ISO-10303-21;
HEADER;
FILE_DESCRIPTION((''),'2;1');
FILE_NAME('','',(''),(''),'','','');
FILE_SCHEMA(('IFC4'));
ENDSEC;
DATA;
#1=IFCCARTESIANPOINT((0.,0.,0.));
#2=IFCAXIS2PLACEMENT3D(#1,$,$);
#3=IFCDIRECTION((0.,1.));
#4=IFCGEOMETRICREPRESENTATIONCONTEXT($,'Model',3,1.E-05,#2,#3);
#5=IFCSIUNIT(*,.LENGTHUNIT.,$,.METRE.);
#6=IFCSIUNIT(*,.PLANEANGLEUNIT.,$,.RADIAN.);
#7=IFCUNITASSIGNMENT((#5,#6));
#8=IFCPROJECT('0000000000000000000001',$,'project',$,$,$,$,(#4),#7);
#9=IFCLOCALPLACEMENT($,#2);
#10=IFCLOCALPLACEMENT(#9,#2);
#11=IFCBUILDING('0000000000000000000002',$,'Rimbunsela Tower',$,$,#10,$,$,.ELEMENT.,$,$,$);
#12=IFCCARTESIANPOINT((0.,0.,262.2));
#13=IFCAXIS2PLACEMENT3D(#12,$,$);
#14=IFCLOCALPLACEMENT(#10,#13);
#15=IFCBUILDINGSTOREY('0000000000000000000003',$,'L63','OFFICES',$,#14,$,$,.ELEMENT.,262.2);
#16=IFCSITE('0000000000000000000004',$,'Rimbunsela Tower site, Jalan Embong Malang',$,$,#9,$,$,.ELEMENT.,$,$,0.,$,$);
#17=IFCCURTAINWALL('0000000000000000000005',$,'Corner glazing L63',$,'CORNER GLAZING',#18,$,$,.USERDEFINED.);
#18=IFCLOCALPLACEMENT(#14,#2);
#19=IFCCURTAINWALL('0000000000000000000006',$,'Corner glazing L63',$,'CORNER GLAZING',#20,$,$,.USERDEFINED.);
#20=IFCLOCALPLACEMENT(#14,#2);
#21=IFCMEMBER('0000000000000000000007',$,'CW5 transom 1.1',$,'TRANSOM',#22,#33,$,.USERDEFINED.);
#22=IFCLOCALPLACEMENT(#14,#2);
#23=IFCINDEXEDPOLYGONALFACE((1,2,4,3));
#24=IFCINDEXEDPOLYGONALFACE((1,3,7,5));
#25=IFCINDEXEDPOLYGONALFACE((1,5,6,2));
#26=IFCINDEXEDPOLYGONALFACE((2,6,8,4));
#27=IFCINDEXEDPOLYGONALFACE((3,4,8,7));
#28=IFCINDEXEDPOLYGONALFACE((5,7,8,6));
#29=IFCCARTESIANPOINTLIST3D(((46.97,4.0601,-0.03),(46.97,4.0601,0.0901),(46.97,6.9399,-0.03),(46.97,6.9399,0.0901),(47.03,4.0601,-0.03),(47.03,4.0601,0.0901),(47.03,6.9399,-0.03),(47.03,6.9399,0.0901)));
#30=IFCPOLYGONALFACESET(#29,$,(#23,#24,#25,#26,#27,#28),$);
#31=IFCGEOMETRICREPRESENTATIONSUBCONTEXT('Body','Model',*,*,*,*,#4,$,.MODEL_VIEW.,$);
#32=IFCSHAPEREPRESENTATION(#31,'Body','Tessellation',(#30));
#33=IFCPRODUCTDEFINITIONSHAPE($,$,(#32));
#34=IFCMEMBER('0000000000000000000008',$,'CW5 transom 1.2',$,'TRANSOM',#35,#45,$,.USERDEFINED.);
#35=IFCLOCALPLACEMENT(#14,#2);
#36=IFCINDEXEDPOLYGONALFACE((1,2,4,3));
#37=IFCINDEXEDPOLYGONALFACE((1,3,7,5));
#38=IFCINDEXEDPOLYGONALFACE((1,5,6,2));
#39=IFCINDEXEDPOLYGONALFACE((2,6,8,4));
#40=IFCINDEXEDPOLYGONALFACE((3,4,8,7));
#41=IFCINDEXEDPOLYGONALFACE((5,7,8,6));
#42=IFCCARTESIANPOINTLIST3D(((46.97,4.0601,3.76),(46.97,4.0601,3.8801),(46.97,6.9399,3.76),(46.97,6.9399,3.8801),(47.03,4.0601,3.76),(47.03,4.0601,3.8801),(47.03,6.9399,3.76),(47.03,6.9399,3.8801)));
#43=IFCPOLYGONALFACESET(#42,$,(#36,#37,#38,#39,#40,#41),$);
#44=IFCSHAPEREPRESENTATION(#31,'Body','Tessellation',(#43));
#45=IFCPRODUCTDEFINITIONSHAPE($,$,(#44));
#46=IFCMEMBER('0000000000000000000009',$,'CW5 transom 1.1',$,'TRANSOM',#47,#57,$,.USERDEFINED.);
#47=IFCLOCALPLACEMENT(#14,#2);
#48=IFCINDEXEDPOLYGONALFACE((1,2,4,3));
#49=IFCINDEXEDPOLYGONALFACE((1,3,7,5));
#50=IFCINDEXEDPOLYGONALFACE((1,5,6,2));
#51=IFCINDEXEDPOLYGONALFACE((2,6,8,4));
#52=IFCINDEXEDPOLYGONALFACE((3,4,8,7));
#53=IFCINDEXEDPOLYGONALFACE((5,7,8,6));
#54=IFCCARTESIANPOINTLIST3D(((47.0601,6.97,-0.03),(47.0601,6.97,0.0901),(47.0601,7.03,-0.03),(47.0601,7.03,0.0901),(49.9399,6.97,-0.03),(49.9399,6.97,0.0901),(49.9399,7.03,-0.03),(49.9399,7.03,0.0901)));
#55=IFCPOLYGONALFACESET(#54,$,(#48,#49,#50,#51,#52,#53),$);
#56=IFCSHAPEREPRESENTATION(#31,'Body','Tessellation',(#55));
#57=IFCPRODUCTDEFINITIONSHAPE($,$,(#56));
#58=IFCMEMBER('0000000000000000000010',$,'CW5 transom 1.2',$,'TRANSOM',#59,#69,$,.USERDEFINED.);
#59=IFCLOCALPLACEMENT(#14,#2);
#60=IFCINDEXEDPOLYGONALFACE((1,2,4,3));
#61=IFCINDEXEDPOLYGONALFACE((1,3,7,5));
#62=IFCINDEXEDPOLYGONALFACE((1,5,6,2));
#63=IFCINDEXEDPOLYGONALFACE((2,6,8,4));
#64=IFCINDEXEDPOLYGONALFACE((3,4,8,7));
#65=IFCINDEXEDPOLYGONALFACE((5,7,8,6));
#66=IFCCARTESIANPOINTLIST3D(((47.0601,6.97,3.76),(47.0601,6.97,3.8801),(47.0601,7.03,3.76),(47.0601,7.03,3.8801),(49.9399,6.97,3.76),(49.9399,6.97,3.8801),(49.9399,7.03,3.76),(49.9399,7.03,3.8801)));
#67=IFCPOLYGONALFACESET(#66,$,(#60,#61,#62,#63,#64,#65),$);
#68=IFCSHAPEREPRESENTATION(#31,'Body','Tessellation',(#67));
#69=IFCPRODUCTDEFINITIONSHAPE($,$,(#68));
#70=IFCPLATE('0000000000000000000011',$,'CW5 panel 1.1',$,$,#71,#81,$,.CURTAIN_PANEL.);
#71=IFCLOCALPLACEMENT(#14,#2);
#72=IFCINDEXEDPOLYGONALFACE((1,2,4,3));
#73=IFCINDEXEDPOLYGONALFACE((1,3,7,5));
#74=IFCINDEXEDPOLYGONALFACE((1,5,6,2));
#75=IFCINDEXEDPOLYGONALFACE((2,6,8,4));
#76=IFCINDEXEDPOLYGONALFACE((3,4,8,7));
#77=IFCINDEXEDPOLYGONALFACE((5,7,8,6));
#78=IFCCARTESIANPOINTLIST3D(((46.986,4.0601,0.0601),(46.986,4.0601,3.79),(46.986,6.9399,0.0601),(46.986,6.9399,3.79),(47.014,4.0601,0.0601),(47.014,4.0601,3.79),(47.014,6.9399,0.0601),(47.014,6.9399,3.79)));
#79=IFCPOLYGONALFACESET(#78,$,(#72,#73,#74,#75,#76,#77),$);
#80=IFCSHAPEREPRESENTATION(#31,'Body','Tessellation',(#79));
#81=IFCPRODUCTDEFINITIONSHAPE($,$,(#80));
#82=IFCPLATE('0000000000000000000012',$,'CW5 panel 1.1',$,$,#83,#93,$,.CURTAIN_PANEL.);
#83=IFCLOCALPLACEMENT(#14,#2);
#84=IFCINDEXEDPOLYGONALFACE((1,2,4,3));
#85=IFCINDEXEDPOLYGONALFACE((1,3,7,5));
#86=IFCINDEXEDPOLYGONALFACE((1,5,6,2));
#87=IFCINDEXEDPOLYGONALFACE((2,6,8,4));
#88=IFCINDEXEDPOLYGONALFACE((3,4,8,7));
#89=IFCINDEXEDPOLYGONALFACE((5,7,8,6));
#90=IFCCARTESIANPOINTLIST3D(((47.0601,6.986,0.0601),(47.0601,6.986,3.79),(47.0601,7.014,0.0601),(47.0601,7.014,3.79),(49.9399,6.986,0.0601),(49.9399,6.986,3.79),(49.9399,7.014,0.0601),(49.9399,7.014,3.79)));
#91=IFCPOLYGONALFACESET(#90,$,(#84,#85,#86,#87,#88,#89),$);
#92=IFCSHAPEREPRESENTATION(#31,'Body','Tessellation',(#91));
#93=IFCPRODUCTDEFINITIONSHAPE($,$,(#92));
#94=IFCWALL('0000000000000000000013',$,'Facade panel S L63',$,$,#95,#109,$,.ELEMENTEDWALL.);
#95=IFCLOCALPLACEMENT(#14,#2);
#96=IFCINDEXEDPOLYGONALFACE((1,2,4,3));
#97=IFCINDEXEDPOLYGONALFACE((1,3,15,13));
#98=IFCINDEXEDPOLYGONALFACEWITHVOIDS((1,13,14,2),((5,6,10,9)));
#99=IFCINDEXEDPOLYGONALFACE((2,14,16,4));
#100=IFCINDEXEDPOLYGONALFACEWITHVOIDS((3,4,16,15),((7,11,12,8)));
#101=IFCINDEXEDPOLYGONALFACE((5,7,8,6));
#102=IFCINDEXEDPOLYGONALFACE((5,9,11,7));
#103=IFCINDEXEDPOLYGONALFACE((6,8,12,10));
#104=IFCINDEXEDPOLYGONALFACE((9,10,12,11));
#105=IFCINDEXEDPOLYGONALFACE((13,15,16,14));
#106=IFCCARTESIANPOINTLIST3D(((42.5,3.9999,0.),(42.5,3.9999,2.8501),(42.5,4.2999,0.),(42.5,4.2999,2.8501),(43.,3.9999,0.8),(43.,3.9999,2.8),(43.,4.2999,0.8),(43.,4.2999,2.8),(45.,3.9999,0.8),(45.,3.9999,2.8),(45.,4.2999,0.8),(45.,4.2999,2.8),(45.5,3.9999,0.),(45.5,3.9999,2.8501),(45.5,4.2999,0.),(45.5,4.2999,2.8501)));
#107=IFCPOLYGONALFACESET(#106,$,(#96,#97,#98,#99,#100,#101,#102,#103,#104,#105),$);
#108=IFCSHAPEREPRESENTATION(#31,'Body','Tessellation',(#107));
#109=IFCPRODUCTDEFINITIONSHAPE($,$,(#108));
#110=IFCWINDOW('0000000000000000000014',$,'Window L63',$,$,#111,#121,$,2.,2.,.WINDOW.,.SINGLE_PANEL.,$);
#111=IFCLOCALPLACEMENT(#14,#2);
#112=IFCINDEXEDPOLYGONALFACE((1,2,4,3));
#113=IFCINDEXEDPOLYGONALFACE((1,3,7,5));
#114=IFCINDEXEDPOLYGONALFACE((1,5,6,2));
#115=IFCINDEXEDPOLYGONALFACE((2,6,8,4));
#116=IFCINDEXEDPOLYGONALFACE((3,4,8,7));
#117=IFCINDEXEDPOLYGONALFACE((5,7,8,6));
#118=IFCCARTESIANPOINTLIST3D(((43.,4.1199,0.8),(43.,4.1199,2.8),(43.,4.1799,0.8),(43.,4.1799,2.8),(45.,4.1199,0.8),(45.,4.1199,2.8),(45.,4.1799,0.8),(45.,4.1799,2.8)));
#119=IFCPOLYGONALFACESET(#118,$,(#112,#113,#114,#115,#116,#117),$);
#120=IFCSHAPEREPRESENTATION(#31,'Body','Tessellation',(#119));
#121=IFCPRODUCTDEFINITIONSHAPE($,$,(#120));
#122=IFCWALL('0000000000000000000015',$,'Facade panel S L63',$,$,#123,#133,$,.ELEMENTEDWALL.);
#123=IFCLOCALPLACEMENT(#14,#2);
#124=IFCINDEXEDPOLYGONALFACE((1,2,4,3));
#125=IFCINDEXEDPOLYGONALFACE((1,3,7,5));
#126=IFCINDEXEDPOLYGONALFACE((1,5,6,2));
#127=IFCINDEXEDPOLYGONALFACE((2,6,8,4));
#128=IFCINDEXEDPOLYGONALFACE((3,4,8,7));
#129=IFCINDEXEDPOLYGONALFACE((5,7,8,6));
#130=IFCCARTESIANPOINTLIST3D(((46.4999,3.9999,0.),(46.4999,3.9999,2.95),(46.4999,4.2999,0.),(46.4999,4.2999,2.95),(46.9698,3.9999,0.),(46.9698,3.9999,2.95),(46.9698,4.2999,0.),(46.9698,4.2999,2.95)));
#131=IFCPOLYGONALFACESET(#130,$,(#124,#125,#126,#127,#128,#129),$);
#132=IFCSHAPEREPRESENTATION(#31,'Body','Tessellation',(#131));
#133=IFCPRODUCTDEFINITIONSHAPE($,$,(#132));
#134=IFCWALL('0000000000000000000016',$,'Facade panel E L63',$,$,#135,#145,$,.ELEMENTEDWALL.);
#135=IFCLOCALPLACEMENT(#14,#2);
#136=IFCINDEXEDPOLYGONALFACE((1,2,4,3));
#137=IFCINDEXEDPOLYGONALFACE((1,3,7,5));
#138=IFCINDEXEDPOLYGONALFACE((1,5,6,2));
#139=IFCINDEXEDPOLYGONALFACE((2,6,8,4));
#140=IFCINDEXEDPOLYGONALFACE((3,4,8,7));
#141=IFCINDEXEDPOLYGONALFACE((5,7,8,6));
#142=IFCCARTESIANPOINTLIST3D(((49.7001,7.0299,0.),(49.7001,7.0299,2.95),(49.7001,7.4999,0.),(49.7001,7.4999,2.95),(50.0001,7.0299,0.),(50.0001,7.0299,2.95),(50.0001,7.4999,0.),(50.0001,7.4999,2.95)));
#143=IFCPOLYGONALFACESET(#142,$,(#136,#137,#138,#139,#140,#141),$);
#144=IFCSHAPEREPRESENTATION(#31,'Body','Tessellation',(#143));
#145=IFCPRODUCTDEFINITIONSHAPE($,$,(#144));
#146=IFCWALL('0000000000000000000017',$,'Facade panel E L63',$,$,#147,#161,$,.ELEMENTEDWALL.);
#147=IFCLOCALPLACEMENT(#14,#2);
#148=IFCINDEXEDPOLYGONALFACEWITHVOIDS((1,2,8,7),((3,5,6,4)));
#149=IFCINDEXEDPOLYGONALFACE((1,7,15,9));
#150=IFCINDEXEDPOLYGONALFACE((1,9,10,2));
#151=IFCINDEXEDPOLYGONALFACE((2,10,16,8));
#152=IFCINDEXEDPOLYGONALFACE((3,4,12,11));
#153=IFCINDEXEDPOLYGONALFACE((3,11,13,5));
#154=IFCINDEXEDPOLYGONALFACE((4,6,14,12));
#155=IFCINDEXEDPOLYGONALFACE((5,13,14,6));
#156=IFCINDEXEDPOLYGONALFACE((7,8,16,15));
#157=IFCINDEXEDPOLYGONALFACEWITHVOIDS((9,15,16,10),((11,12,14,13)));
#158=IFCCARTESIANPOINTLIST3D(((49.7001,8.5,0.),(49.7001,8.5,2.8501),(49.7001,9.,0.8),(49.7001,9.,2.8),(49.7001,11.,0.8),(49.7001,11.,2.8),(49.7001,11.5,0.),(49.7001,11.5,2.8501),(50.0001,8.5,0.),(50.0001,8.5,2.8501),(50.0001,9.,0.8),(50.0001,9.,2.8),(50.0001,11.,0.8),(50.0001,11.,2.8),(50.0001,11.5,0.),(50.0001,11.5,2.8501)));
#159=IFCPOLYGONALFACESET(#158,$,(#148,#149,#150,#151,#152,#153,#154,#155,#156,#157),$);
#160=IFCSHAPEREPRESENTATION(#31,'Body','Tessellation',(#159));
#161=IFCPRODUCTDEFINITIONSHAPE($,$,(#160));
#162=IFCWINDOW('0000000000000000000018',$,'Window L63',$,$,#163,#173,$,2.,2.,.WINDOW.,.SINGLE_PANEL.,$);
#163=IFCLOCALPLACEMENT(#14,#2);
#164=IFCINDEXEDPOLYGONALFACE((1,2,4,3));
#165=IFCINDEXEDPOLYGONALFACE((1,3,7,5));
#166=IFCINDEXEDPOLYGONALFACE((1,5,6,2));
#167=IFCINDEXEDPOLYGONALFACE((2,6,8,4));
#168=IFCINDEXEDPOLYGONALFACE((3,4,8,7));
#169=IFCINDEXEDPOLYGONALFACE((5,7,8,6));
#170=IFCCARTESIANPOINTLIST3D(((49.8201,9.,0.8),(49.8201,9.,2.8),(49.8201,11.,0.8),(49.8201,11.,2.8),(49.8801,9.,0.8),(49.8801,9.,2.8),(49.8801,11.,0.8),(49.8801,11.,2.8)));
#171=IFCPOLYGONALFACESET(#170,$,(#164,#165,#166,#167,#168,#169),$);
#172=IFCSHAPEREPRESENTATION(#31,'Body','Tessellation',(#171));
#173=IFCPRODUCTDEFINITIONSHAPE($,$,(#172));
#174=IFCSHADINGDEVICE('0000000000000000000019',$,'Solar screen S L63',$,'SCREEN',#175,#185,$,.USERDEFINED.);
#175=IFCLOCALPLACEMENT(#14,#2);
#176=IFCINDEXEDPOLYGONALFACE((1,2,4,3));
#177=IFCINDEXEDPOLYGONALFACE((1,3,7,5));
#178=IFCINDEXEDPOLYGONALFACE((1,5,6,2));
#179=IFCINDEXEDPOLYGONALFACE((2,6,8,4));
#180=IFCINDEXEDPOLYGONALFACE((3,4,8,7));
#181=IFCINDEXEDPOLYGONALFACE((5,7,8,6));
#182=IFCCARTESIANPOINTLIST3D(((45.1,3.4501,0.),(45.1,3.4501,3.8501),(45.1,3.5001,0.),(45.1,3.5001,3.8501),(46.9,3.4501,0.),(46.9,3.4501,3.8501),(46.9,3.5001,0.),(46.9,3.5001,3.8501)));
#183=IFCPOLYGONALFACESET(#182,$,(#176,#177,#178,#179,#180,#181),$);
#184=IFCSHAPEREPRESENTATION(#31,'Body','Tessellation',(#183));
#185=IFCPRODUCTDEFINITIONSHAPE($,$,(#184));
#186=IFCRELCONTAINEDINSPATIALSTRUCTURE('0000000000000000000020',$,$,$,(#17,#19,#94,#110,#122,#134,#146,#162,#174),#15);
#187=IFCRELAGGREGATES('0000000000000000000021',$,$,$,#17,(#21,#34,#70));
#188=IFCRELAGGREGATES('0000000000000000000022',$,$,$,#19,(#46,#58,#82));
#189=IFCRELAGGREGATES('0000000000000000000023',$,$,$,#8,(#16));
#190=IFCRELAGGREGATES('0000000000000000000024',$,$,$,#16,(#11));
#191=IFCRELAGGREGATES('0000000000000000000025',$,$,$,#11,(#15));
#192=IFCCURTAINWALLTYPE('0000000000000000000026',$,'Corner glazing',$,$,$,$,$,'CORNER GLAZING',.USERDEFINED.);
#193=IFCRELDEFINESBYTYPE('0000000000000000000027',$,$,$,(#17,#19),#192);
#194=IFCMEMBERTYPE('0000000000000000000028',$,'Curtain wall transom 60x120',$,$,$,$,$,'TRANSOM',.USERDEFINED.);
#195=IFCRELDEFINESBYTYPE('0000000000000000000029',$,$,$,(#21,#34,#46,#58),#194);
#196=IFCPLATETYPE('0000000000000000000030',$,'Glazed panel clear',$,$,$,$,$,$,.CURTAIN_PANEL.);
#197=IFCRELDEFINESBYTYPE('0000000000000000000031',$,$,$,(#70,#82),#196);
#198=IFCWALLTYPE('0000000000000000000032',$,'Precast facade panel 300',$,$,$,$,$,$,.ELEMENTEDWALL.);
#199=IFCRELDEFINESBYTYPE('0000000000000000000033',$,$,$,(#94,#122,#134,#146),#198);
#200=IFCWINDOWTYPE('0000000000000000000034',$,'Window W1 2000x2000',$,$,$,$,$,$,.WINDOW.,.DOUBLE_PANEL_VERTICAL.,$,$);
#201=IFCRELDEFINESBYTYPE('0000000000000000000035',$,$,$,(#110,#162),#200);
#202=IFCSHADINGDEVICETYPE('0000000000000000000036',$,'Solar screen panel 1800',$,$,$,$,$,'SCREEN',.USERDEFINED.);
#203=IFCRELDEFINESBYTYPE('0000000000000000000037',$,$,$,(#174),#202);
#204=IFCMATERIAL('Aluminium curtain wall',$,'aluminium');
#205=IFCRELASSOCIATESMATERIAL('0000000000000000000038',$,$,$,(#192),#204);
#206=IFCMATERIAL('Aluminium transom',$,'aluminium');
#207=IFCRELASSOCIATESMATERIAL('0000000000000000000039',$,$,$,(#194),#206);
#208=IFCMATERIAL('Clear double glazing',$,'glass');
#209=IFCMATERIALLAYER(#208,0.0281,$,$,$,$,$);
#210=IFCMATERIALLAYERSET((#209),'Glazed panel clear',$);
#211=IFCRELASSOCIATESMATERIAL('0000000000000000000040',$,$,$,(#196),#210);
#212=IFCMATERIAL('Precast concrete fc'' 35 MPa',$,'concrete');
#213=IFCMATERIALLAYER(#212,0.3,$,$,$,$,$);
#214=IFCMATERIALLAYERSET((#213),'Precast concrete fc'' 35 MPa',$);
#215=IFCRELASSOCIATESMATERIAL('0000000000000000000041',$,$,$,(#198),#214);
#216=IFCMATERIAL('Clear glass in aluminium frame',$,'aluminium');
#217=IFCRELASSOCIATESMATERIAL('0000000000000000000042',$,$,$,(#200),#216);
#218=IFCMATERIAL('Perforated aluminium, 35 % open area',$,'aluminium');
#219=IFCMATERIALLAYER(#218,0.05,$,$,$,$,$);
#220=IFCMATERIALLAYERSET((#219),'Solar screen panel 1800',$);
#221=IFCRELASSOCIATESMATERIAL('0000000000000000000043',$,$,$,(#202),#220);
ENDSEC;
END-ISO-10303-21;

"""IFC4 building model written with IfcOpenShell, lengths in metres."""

from ifc_helpers import new_model, si_unit, direction, frame, frame_2d, origin, origin_2d, place, context, subcontext, project, spatial, rectangle, extrude, material, layer, layer_set, material_profile, profile_set, type_object, element, fill, aggregate, save


model = new_model("IFC4")

# Units and contexts
model_context = context("Model", 3, precision=1e-05, world=origin(), true_north=direction((0.0, 1.0)))
body_context = subcontext(model_context, "Body", "Model", "MODEL_VIEW")
ifc_project = project(units=[si_unit("LENGTHUNIT", "METRE"), si_unit("PLANEANGLEUNIT", "RADIAN")], contexts=[model_context])

# Site, building, storey
site_placement = place(None, origin())
site = spatial("IfcSite", under=ifc_project, at=site_placement, Name="Rimbunsela Tower site, Jalan Embong Malang", CompositionType="ELEMENT", RefElevation=0.0)
building_placement = place(site_placement, origin())
building = spatial("IfcBuilding", under=site, at=building_placement, Name="Rimbunsela Tower", CompositionType="ELEMENT")
storey_placement = place(building_placement, frame((0.0, 0.0, 262.2)))
storey = spatial("IfcBuildingStorey", under=building, at=storey_placement, Name="L63", Description="OFFICES", CompositionType="ELEMENT", Elevation=262.2)

# Curtain walls
ifc_material_1 = material(Name="Aluminium curtain wall", Category="aluminium")
curtain_wall_type = type_object("IfcCurtainWallType", Name="Corner glazing", ElementType="CORNER GLAZING", PredefinedType="USERDEFINED", material=ifc_material_1)
curtain_wall_1_placement = place(storey_placement, origin())
curtain_wall_1 = element("IfcCurtainWall", 1, at=curtain_wall_1_placement, inside=storey, type_object=curtain_wall_type, Name="Corner glazing L63", ObjectType="CORNER GLAZING", PredefinedType="USERDEFINED")
curtain_wall_2_placement = place(storey_placement, origin())
curtain_wall_2 = element("IfcCurtainWall", 2, at=curtain_wall_2_placement, inside=storey, type_object=curtain_wall_type, Name="Corner glazing L63", ObjectType="CORNER GLAZING", PredefinedType="USERDEFINED")

# Members
ifc_material_2 = material(Name="Aluminium transom", Category="aluminium")
ifc_material_profile_1 = material_profile(ifc_material_2, rectangle(XDim=0.0601, YDim=0.1201, at=origin_2d()), Name="Transom 60x120")
ifc_profile_set_1 = profile_set([ifc_material_profile_1], Name="Aluminium transom")
member_type_1 = type_object("IfcMemberType", Name="Curtain wall transom 60x120", ElementType="TRANSOM", PredefinedType="USERDEFINED", material=ifc_profile_set_1)
member_1_placement = place(storey_placement, frame((47.0, 4.0601, 0.03), z_axis=(0.0, 1.0, 0.0), x_axis=(-1.0, 0.0, 0.0)))
member_1 = element("IfcMember", 3, at=member_1_placement, type_object=member_type_1, Name="CW5 transom 1.1", ObjectType="TRANSOM", PredefinedType="USERDEFINED", context=body_context, shape_type="SweptSolid", body=[
    extrude(rectangle(XDim=0.0601, YDim=0.1201, at=origin_2d()), origin(), (0.0, 0.0, 1.0), 2.8799),
])
member_2_placement = place(storey_placement, frame((47.0, 4.0601, 3.8201), z_axis=(0.0, 1.0, 0.0), x_axis=(-1.0, 0.0, 0.0)))
member_2 = element("IfcMember", 4, at=member_2_placement, type_object=member_type_1, Name="CW5 transom 1.2", ObjectType="TRANSOM", PredefinedType="USERDEFINED", context=body_context, shape_type="SweptSolid", body=[
    extrude(rectangle(XDim=0.0601, YDim=0.1201, at=origin_2d()), origin(), (0.0, 0.0, 1.0), 2.8799),
])
member_3_placement = place(storey_placement, frame((47.0601, 7.0, 0.03), z_axis=(1.0, 0.0, 0.0), x_axis=(0.0, 1.0, 0.0)))
member_3 = element("IfcMember", 5, at=member_3_placement, type_object=member_type_1, Name="CW5 transom 1.1", ObjectType="TRANSOM", PredefinedType="USERDEFINED", context=body_context, shape_type="SweptSolid", body=[
    extrude(rectangle(XDim=0.0601, YDim=0.1201, at=origin_2d()), origin(), (0.0, 0.0, 1.0), 2.8799),
])
member_4_placement = place(storey_placement, frame((47.0601, 7.0, 3.8201), z_axis=(1.0, 0.0, 0.0), x_axis=(0.0, 1.0, 0.0)))
member_4 = element("IfcMember", 6, at=member_4_placement, type_object=member_type_1, Name="CW5 transom 1.2", ObjectType="TRANSOM", PredefinedType="USERDEFINED", context=body_context, shape_type="SweptSolid", body=[
    extrude(rectangle(XDim=0.0601, YDim=0.1201, at=origin_2d()), origin(), (0.0, 0.0, 1.0), 2.8799),
])

# Plates
ifc_material_3 = material(Name="Clear double glazing", Category="glass")
ifc_layer_1 = layer(ifc_material_3, 0.0281)
ifc_layer_set_1 = layer_set([ifc_layer_1], Name="Glazed panel clear")
plate_type = type_object("IfcPlateType", Name="Glazed panel clear", PredefinedType="CURTAIN_PANEL", material=ifc_layer_set_1)
plate_1_placement = place(storey_placement, frame((47.0, 5.5, 0.0601), z_axis=(0.0, 0.0, 1.0), x_axis=(0.0, 1.0, 0.0)))
plate_1 = element("IfcPlate", 7, at=plate_1_placement, type_object=plate_type, Name="CW5 panel 1.1", PredefinedType="CURTAIN_PANEL", context=body_context, shape_type="SweptSolid", body=[
    extrude(rectangle(XDim=2.8799, YDim=0.0281, at=origin_2d()), origin(), (0.0, 0.0, 1.0), 3.73),
])
aggregate(curtain_wall_1, [member_1, member_2, plate_1])
plate_2_placement = place(storey_placement, frame((48.5, 7.0, 0.0601), z_axis=(0.0, 0.0, 1.0), x_axis=(1.0, 0.0, 0.0)))
plate_2 = element("IfcPlate", 8, at=plate_2_placement, type_object=plate_type, Name="CW5 panel 1.1", PredefinedType="CURTAIN_PANEL", context=body_context, shape_type="SweptSolid", body=[
    extrude(rectangle(XDim=2.8799, YDim=0.0281, at=origin_2d()), origin(), (0.0, 0.0, 1.0), 3.73),
])
aggregate(curtain_wall_2, [member_3, member_4, plate_2])

# Wall, opening, window
ifc_material_4 = material(Name="Precast concrete fc' 35 MPa", Category="concrete")
ifc_layer_2 = layer(ifc_material_4, 0.3)
ifc_layer_set_2 = layer_set([ifc_layer_2], Name="Precast concrete fc' 35 MPa")
wall_type = type_object("IfcWallType", Name="Precast facade panel 300", PredefinedType="ELEMENTEDWALL", material=ifc_layer_set_2)
wall_1_placement = place(storey_placement, frame((42.5, 4.1499, 0.0), z_axis=(0.0, 0.0, 1.0), x_axis=(1.0, 0.0, 0.0)))
wall_1 = element("IfcWall", 9, at=wall_1_placement, inside=storey, type_object=wall_type, Name="Facade panel S L63", PredefinedType="ELEMENTEDWALL", context=body_context, shape_type="SweptSolid", body=[
    extrude(rectangle(XDim=3.0, YDim=0.3, at=frame_2d((1.5, 0.0))), origin(), (0.0, 0.0, 1.0), 2.8501),
])
opening_1_placement = place(wall_1_placement, frame((0.5, 0.0, 0.8)))
opening_1 = element("IfcOpeningElement", 10, at=opening_1_placement, cuts=wall_1, PredefinedType="OPENING", context=body_context, shape_type="SweptSolid", body=[
    extrude(rectangle(XDim=2.0, YDim=2.0, at=frame_2d((1.0, 1.0))), frame((0.0, 0.1599, 0.0), z_axis=(0.0, -1.0, 0.0), x_axis=(1.0, 0.0, 0.0)), (0.0, 0.0, 1.0), 0.3201),
])
ifc_material_5 = material(Name="Clear glass in aluminium frame", Category="aluminium")
window_type = type_object("IfcWindowType", Name="Window W1 2000x2000", PartitioningType="DOUBLE_PANEL_VERTICAL", PredefinedType="WINDOW", material=ifc_material_5)
window_1_placement = place(opening_1_placement, origin())
window_1 = element("IfcWindow", 11, at=window_1_placement, inside=storey, type_object=window_type, Name="Window L63", OverallHeight=2.0, OverallWidth=2.0, PartitioningType="SINGLE_PANEL", PredefinedType="WINDOW", context=body_context, shape_type="SweptSolid", body=[
    extrude(rectangle(XDim=2.0, YDim=2.0, at=frame_2d((1.0, 1.0))), frame((0.0, 0.03, 0.0), z_axis=(0.0, -1.0, 0.0), x_axis=(1.0, 0.0, 0.0)), (0.0, 0.0, 1.0), 0.0601),
])
fill(opening_1, window_1)

# Walls
for number, where, z_axis, x_axis, name in (
    (12, (46.5, 4.1499, 0.0), (0.0, 0.0, 1.0), (1.0, 0.0, 0.0), "Facade panel S L63"),
    (13, (49.8501, 7.03, 0.0), (0.0, 0.0, 1.0), (0.0, 1.0, 0.0), "Facade panel E L63"),
):
    element("IfcWall", number, at=place(storey_placement, frame(where, z_axis=z_axis, x_axis=x_axis)), inside=storey, type_object=wall_type, Name=name, PredefinedType="ELEMENTEDWALL", context=body_context, shape_type="SweptSolid", body=[
        extrude(rectangle(XDim=0.47, YDim=0.3, at=frame_2d((0.2349, 0.0))), origin(), (0.0, 0.0, 1.0), 2.95),
    ])

# Wall, opening, window
wall_2_placement = place(storey_placement, frame((49.8501, 8.5, 0.0), z_axis=(0.0, 0.0, 1.0), x_axis=(0.0, 1.0, 0.0)))
wall_2 = element("IfcWall", 14, at=wall_2_placement, inside=storey, type_object=wall_type, Name="Facade panel E L63", PredefinedType="ELEMENTEDWALL", context=body_context, shape_type="SweptSolid", body=[
    extrude(rectangle(XDim=3.0, YDim=0.3, at=frame_2d((1.5, 0.0))), origin(), (0.0, 0.0, 1.0), 2.8501),
])
opening_2_placement = place(wall_2_placement, frame((0.5, 0.0, 0.8)))
opening_2 = element("IfcOpeningElement", 15, at=opening_2_placement, cuts=wall_2, PredefinedType="OPENING", context=body_context, shape_type="SweptSolid", body=[
    extrude(rectangle(XDim=2.0, YDim=2.0, at=frame_2d((1.0, 1.0))), frame((0.0, 0.1599, 0.0), z_axis=(0.0, -1.0, 0.0), x_axis=(1.0, 0.0, 0.0)), (0.0, 0.0, 1.0), 0.3201),
])
window_2_placement = place(opening_2_placement, origin())
window_2 = element("IfcWindow", 16, at=window_2_placement, inside=storey, type_object=window_type, Name="Window L63", OverallHeight=2.0, OverallWidth=2.0, PartitioningType="SINGLE_PANEL", PredefinedType="WINDOW", context=body_context, shape_type="SweptSolid", body=[
    extrude(rectangle(XDim=2.0, YDim=2.0, at=frame_2d((1.0, 1.0))), frame((0.0, 0.03, 0.0), z_axis=(0.0, -1.0, 0.0), x_axis=(1.0, 0.0, 0.0)), (0.0, 0.0, 1.0), 0.0601),
])
fill(opening_2, window_2)

# Shading device
ifc_material_6 = material(Name="Perforated aluminium, 35 % open area", Category="aluminium")
ifc_layer_3 = layer(ifc_material_6, 0.05)
ifc_layer_set_3 = layer_set([ifc_layer_3], Name="Solar screen panel 1800")
shading_device_type = type_object("IfcShadingDeviceType", Name="Solar screen panel 1800", ElementType="SCREEN", PredefinedType="USERDEFINED", material=ifc_layer_set_3)
for number, where, z_axis, x_axis, name in (
    (17, (46.0, 3.4751, 0.0), (0.0, 0.0, 1.0), (1.0, 0.0, 0.0), "Solar screen S L63"),
):
    element("IfcShadingDevice", number, at=place(storey_placement, frame(where, z_axis=z_axis, x_axis=x_axis)), inside=storey, type_object=shading_device_type, Name=name, ObjectType="SCREEN", PredefinedType="USERDEFINED", context=body_context, shape_type="SweptSolid", body=[
        extrude(rectangle(XDim=1.8, YDim=0.05, at=origin_2d()), origin(), (0.0, 0.0, 1.0), 3.8501),
    ])

save(model, "model.ifc")
